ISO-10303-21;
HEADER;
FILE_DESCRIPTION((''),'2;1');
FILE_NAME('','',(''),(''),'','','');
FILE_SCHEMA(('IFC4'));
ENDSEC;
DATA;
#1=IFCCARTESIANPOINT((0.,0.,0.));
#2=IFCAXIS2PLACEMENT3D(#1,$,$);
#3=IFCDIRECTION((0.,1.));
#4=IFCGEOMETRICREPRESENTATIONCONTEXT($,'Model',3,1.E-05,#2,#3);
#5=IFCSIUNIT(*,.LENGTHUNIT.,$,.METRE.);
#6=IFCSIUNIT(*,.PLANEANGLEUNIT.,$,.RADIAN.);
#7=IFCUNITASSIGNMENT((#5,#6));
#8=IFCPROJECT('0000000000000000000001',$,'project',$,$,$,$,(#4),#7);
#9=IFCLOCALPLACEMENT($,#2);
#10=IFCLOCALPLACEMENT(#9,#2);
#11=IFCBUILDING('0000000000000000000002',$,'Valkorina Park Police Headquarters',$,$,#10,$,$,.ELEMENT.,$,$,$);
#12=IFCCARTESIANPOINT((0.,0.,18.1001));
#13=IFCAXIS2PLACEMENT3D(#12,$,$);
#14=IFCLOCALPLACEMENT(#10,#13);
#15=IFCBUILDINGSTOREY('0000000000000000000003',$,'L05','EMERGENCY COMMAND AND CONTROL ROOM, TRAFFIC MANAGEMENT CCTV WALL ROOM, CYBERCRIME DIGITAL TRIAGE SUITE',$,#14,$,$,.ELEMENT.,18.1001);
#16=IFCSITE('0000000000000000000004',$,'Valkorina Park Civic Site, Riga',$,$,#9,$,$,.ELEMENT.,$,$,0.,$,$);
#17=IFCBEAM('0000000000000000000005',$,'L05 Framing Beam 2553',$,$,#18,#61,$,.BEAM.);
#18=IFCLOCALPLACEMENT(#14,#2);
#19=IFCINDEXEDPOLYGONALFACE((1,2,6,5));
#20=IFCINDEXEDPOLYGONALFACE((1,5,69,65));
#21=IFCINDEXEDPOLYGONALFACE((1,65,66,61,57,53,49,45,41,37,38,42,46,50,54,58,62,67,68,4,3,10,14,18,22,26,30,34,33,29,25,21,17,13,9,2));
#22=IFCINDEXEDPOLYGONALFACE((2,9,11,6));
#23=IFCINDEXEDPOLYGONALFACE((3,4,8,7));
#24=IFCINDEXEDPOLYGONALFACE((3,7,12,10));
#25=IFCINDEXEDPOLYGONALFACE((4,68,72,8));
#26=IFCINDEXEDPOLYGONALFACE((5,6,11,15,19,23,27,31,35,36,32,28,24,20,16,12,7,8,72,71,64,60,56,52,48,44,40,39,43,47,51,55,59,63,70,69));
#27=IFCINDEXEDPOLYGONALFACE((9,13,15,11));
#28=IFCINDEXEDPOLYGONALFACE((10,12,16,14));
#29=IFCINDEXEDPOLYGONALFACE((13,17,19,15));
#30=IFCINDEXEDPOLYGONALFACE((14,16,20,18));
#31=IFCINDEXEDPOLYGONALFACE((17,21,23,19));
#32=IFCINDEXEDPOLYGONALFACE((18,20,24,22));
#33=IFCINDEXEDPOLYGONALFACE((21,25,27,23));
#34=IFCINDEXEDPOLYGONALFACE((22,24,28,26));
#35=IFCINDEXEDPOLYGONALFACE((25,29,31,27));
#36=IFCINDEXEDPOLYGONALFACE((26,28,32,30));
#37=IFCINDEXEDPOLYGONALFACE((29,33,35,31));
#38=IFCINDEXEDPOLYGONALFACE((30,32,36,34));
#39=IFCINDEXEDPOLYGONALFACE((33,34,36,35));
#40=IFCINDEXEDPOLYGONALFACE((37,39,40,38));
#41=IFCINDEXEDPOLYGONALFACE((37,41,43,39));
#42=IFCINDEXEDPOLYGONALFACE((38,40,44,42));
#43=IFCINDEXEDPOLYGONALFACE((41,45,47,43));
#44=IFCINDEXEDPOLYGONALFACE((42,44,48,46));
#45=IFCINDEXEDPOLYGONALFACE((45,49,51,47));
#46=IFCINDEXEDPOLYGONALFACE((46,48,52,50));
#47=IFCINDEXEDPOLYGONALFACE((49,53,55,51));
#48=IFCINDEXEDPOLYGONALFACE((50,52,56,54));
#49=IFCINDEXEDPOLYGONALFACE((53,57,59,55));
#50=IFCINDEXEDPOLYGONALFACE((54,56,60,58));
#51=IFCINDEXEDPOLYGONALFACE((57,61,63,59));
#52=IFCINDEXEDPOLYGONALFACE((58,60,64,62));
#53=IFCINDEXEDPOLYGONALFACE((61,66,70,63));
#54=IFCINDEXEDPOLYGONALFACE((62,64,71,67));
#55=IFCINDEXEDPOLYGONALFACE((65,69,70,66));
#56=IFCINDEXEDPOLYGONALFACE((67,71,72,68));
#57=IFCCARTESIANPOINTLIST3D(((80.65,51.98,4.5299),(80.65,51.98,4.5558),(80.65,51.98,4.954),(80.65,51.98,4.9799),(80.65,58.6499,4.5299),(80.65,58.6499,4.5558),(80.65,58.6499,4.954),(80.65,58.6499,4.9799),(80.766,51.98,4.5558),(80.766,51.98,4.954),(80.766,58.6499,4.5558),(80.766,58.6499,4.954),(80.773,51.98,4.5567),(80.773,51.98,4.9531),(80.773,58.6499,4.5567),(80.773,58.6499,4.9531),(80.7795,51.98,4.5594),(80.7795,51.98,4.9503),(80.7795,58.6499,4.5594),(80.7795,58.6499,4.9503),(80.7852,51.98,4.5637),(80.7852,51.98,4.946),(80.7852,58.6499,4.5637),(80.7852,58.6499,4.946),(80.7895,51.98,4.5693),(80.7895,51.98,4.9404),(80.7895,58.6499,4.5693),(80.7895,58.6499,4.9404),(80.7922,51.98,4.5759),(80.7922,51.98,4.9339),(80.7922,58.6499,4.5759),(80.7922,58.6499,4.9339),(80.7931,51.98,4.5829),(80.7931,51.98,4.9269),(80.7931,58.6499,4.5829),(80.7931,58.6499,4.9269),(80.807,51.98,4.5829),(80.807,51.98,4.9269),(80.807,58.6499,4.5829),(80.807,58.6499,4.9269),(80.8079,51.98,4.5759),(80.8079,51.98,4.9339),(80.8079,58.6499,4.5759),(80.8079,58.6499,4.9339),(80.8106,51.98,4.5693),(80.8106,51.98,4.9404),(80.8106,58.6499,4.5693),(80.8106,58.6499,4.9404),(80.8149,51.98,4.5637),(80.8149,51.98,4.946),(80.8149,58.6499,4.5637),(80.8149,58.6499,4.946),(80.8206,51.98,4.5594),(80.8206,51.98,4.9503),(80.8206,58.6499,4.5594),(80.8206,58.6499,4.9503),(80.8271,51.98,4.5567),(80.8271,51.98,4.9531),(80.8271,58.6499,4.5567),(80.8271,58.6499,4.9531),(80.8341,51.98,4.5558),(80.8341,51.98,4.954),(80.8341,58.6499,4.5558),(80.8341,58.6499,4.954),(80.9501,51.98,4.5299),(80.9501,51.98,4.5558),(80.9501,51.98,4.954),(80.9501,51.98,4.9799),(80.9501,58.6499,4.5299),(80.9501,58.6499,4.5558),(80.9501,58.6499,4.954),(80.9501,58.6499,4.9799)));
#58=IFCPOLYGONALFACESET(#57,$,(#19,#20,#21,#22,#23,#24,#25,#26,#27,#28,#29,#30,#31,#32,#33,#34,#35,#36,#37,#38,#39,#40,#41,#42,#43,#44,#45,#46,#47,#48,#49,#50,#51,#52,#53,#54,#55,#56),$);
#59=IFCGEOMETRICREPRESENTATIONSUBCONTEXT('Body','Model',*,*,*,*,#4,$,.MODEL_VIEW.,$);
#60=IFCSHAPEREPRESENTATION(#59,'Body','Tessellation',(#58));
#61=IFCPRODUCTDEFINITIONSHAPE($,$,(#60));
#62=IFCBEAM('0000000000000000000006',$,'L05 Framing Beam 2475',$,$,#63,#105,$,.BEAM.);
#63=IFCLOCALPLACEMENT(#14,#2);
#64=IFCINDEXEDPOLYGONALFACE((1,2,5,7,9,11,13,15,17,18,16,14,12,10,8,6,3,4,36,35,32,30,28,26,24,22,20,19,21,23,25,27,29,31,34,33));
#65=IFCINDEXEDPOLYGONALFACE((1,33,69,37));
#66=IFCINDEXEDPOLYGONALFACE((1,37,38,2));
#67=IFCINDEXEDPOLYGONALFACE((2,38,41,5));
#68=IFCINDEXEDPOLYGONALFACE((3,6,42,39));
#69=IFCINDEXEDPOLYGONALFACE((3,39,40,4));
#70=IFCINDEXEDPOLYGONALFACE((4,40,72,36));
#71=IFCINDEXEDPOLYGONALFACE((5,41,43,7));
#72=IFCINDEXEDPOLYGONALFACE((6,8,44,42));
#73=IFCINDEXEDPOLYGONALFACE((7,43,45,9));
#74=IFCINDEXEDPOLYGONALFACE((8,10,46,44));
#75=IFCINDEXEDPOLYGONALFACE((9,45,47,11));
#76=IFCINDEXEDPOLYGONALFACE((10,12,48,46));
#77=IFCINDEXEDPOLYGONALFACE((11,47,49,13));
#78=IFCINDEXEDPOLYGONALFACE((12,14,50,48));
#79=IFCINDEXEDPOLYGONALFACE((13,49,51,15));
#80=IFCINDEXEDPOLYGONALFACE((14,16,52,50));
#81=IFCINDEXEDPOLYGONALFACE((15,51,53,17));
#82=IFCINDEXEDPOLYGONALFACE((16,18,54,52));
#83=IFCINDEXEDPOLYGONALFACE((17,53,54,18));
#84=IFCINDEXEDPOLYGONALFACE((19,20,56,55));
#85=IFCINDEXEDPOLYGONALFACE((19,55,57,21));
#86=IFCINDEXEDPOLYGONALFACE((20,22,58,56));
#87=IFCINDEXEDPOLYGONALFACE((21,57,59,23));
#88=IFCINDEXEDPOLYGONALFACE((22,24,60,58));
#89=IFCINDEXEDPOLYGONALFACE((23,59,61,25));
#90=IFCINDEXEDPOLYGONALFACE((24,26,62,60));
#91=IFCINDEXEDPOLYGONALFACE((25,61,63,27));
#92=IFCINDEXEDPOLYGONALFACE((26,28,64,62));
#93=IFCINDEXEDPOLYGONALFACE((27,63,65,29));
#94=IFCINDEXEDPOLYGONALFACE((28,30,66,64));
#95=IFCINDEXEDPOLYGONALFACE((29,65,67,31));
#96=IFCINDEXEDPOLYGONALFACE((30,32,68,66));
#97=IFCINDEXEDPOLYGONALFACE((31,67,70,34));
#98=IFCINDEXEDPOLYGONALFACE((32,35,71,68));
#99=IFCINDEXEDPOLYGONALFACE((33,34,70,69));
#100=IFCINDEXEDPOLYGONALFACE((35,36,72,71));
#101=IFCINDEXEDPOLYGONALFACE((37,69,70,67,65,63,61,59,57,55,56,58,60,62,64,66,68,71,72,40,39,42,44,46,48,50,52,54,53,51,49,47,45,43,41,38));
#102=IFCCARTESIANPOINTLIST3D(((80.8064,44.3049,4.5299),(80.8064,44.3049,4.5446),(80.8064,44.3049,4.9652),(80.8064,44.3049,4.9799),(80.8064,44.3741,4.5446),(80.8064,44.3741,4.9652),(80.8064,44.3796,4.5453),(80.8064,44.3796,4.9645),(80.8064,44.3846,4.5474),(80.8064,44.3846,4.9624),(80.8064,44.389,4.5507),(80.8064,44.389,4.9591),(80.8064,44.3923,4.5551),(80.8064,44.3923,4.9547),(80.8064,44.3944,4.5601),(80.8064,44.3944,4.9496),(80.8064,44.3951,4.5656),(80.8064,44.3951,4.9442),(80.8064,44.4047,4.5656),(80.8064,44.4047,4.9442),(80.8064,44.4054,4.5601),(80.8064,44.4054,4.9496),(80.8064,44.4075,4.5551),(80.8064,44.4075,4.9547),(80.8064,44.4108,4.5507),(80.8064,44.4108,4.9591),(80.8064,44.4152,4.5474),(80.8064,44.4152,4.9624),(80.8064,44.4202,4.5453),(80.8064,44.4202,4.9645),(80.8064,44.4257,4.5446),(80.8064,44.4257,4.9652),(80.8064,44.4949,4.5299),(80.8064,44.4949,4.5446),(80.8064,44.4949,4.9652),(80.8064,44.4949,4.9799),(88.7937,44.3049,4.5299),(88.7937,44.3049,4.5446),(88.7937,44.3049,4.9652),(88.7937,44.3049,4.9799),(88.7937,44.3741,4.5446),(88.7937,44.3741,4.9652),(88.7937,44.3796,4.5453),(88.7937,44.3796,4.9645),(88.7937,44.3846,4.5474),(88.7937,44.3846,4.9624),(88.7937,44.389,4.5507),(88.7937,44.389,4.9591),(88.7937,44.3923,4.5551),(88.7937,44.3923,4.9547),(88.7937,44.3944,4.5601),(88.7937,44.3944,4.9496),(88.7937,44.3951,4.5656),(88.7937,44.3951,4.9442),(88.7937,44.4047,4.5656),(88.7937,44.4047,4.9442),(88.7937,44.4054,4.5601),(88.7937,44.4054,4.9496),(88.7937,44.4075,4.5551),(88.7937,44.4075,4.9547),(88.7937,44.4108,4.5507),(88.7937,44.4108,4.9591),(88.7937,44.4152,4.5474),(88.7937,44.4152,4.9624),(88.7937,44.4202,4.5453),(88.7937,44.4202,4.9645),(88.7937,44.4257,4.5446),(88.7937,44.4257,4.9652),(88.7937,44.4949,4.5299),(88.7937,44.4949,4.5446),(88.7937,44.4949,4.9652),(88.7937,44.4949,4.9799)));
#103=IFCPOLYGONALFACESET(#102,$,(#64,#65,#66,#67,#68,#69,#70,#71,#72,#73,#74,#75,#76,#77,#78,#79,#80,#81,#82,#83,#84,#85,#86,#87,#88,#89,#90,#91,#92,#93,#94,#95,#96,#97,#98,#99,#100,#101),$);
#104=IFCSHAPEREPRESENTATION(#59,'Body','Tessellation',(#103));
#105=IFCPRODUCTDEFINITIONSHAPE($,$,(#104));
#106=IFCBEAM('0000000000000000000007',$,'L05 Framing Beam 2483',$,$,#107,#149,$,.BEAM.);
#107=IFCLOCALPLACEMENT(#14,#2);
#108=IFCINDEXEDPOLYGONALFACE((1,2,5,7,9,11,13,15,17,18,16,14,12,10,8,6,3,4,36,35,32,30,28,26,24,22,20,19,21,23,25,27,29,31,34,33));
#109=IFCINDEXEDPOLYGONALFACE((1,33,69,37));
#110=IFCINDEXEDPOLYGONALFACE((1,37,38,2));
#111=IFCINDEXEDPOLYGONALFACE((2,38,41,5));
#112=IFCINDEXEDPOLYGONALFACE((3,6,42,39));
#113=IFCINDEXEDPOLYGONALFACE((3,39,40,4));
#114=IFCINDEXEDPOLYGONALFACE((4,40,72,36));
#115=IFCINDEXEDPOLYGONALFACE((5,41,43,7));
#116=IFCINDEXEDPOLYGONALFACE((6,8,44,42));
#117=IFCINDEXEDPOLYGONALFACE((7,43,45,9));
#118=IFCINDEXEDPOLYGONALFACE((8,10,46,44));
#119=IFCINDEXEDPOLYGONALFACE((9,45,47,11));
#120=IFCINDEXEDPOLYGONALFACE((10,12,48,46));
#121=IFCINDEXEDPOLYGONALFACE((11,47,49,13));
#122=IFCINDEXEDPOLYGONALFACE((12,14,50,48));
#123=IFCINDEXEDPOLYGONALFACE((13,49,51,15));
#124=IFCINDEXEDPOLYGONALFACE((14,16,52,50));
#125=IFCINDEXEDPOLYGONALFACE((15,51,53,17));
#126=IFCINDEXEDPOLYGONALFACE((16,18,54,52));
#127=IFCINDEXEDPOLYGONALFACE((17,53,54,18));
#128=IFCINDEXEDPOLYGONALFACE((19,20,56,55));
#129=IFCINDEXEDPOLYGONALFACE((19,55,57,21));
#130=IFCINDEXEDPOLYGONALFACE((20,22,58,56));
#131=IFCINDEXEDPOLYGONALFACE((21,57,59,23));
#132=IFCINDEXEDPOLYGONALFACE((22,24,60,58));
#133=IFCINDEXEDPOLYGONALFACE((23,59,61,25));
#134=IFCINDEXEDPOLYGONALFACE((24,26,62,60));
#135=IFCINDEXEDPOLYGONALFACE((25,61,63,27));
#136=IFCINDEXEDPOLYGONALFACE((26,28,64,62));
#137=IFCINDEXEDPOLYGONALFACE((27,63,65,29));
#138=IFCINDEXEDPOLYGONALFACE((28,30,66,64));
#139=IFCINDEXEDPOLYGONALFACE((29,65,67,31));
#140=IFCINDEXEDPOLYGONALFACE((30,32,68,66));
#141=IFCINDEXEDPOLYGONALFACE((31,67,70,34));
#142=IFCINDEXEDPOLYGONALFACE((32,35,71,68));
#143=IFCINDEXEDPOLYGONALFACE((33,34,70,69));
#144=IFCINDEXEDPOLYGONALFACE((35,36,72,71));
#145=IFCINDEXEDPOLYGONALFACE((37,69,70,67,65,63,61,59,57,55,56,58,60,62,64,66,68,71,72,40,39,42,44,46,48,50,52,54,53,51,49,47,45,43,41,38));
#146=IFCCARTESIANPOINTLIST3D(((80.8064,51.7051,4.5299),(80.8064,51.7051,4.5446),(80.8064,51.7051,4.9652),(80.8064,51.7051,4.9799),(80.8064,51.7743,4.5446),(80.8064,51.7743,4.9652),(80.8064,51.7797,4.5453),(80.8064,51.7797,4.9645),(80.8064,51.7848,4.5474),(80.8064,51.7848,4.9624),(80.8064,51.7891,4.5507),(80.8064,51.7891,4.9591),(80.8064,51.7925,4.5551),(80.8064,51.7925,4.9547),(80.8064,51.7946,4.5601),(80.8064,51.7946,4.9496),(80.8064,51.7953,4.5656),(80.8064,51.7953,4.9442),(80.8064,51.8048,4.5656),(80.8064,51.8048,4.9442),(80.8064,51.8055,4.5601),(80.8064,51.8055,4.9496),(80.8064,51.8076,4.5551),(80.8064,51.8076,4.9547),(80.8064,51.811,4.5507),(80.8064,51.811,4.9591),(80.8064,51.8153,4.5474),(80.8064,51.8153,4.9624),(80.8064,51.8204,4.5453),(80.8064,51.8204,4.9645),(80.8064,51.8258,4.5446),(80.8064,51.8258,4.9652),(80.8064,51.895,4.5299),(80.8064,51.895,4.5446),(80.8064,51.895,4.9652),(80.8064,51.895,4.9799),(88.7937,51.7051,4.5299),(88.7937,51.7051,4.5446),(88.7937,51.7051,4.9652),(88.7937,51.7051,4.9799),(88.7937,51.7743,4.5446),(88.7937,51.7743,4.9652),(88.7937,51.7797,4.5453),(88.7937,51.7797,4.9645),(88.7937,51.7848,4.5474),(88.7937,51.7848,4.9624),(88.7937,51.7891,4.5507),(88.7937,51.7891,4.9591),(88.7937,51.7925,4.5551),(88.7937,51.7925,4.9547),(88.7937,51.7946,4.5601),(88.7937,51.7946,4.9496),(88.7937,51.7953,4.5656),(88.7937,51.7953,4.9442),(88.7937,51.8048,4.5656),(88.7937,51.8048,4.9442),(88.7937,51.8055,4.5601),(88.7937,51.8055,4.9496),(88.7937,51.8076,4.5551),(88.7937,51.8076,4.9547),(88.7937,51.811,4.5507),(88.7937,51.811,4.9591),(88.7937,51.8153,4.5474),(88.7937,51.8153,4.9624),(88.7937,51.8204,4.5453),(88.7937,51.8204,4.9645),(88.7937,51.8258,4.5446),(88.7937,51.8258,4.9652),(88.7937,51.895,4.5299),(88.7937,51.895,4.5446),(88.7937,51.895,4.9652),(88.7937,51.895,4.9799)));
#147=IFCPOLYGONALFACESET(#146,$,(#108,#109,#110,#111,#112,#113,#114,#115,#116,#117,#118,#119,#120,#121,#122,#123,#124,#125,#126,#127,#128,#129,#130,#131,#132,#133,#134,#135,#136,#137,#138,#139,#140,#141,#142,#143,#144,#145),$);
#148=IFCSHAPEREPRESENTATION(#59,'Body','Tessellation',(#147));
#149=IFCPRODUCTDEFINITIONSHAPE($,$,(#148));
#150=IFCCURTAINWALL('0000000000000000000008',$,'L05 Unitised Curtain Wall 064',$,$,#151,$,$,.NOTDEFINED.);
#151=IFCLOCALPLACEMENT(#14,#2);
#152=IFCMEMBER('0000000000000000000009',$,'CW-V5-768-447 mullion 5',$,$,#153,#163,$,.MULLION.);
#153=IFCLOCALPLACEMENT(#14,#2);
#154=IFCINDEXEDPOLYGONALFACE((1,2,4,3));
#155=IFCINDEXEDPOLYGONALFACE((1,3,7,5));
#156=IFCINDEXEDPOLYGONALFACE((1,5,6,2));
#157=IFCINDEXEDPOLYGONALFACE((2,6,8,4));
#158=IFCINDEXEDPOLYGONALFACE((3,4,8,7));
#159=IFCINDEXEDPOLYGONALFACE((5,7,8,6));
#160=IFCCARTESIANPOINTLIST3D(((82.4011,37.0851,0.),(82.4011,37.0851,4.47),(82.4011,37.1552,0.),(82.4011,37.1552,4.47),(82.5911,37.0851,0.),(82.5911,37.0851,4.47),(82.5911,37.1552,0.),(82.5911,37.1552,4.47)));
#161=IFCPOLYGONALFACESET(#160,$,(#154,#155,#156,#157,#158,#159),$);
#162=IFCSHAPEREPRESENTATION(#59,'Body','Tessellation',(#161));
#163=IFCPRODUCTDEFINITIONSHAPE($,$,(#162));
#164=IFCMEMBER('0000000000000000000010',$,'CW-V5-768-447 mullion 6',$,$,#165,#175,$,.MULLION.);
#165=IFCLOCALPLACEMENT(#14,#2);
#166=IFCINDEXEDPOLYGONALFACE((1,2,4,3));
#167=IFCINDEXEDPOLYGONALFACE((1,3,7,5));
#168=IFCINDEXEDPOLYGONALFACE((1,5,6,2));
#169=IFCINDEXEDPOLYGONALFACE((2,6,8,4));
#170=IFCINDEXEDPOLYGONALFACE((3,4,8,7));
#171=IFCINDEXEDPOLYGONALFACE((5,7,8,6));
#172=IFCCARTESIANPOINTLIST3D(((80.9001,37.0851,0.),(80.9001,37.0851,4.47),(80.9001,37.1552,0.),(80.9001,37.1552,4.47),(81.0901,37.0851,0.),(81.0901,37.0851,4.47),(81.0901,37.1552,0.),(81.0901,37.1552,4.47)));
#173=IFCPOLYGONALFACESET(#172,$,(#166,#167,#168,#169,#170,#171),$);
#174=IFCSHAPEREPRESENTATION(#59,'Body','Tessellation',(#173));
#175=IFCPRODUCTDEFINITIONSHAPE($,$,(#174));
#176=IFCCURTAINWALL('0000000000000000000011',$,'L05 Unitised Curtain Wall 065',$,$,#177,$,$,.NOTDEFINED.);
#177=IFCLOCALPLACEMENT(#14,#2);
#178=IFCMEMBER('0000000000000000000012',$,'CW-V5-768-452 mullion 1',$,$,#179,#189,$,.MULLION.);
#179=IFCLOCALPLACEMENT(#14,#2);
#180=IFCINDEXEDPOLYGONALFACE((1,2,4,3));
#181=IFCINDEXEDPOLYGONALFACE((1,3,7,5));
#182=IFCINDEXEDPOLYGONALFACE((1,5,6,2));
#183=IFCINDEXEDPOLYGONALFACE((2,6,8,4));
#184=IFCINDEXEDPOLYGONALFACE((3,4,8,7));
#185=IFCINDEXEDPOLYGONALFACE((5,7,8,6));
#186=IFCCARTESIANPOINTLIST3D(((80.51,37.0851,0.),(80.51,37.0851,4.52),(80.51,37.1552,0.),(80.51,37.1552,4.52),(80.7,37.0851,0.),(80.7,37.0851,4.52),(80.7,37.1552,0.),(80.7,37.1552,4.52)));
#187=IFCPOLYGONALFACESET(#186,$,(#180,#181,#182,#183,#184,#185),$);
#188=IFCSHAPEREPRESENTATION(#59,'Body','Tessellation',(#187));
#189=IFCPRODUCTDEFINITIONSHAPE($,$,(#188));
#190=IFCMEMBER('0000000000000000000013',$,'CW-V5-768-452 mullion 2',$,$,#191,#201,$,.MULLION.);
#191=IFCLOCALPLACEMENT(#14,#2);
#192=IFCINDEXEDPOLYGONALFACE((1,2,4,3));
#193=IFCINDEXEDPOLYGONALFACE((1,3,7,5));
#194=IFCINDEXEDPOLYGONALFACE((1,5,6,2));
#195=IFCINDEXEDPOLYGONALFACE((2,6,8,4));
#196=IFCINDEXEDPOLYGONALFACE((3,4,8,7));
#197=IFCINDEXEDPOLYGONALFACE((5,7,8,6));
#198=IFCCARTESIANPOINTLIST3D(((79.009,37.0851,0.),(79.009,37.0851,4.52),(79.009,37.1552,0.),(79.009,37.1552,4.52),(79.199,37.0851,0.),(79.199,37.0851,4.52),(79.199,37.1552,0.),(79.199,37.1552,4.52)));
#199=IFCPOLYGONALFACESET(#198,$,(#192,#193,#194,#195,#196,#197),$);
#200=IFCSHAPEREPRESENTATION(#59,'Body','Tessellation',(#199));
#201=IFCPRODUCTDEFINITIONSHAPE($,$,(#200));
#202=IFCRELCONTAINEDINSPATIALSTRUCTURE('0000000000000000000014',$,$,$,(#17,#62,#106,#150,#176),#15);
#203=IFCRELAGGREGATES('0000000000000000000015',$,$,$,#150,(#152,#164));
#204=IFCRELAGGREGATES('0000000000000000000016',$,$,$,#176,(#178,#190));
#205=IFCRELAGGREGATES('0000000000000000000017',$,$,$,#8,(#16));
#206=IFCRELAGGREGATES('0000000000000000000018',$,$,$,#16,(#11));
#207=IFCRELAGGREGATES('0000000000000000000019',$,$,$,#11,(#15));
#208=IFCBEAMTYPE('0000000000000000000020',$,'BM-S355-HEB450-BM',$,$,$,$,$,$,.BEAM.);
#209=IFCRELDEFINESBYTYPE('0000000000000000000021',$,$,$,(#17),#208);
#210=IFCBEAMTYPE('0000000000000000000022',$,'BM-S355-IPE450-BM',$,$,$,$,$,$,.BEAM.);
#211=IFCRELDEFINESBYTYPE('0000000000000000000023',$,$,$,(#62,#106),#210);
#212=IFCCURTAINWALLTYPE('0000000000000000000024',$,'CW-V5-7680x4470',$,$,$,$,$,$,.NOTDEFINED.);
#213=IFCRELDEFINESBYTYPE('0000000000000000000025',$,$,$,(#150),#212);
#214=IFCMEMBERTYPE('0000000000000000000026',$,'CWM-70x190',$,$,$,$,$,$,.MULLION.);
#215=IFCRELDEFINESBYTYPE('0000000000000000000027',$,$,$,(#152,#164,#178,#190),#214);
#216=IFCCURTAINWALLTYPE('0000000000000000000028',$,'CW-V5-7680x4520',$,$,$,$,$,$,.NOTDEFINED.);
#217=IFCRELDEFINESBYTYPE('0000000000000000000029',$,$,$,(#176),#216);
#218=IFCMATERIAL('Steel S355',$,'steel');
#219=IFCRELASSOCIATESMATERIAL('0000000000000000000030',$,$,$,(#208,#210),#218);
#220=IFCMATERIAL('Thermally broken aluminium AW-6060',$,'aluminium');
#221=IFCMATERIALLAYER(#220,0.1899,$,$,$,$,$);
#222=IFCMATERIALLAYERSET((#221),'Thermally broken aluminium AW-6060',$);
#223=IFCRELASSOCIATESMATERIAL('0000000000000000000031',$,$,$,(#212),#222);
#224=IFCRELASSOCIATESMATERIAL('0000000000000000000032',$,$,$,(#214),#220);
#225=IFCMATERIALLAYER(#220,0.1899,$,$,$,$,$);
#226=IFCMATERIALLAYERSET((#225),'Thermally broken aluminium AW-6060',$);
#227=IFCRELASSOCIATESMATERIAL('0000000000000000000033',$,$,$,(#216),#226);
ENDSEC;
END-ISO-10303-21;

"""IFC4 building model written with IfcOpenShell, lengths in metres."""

from ifc_helpers import new_model, si_unit, direction, frame, origin, origin_2d, place, context, subcontext, project, spatial, rectangle, i_section, extrude, material, layer, layer_set, material_profile, profile_set, type_object, element, aggregate, save


model = new_model("IFC4")

# Units and contexts
model_context = context("Model", 3, precision=1e-05, world=origin(), true_north=direction((0.0, 1.0)))
body_context = subcontext(model_context, "Body", "Model", "MODEL_VIEW")
ifc_project = project(units=[si_unit("LENGTHUNIT", "METRE"), si_unit("PLANEANGLEUNIT", "RADIAN")], contexts=[model_context])

# Site, building, storey
site_placement = place(None, origin())
site = spatial("IfcSite", under=ifc_project, at=site_placement, Name="Valkorina Park Civic Site, Riga", CompositionType="ELEMENT", RefElevation=0.0)
building_placement = place(site_placement, origin())
building = spatial("IfcBuilding", under=site, at=building_placement, Name="Valkorina Park Police Headquarters", CompositionType="ELEMENT")
storey_placement = place(building_placement, frame((0.0, 0.0, 18.1001)))
storey = spatial("IfcBuildingStorey", under=building, at=storey_placement, Name="L05", Description="EMERGENCY COMMAND AND CONTROL ROOM, TRAFFIC MANAGEMENT CCTV WALL ROOM, CYBERCRIME DIGITAL TRIAGE SUITE", CompositionType="ELEMENT", Elevation=18.1001)

# Shared definitions
ifc_material_1 = material(Name="Steel S355", Category="steel")

# Beams
ifc_material_profile_1 = material_profile(ifc_material_1, i_section(OverallWidth=0.3, OverallDepth=0.45, WebThickness=0.0139, FlangeThickness=0.0259, FilletRadius=0.0271, at=origin_2d()), Name="HEB 450")
ifc_profile_set_1 = profile_set([ifc_material_profile_1], Name="Steel S355")
beam_type_1 = type_object("IfcBeamType", Name="BM-S355-HEB450-BM", PredefinedType="BEAM", material=ifc_profile_set_1)
beam_placement = place(storey_placement, frame((80.8, 51.98, 4.7549), z_axis=(0.0, 1.0, 0.0), x_axis=(-1.0, 0.0, 0.0)))
element("IfcBeam", 1, at=beam_placement, inside=storey, type_object=beam_type_1, Name="L05 Framing Beam 2553", PredefinedType="BEAM", context=body_context, shape_type="SweptSolid", body=[
    extrude(i_section(OverallWidth=0.3, OverallDepth=0.45, WebThickness=0.0139, FlangeThickness=0.0259, FilletRadius=0.0271, at=origin_2d()), origin(), (0.0, 0.0, 1.0), 6.6699),
])
ifc_material_profile_2 = material_profile(ifc_material_1, i_section(OverallWidth=0.1899, OverallDepth=0.45, WebThickness=0.0095, FlangeThickness=0.0146, FilletRadius=0.021, at=origin_2d()), Name="IPE 450")
ifc_profile_set_2 = profile_set([ifc_material_profile_2], Name="Steel S355")
beam_type_2 = type_object("IfcBeamType", Name="BM-S355-IPE450-BM", PredefinedType="BEAM", material=ifc_profile_set_2)
for number, where, z_axis, x_axis, name in (
    (2, (80.8064, 44.3999, 4.7549), (1.0, 0.0, 0.0), (0.0, 1.0, 0.0), "L05 Framing Beam 2475"),
    (3, (80.8064, 51.8, 4.7549), (1.0, 0.0, 0.0), (0.0, 1.0, 0.0), "L05 Framing Beam 2483"),
):
    element("IfcBeam", number, at=place(storey_placement, frame(where, z_axis=z_axis, x_axis=x_axis)), inside=storey, type_object=beam_type_2, Name=name, PredefinedType="BEAM", context=body_context, shape_type="SweptSolid", body=[
        extrude(i_section(OverallWidth=0.1899, OverallDepth=0.45, WebThickness=0.0095, FlangeThickness=0.0146, FilletRadius=0.021, at=origin_2d()), origin(), (0.0, 0.0, 1.0), 7.9873),
    ])

# Curtain walls, members
ifc_material_2 = material(Name="Thermally broken aluminium AW-6060", Category="aluminium")
ifc_layer_1 = layer(ifc_material_2, 0.1899)
ifc_layer_set_1 = layer_set([ifc_layer_1], Name="Thermally broken aluminium AW-6060")
curtain_wall_type_1 = type_object("IfcCurtainWallType", Name="CW-V5-7680x4470", PredefinedType="NOTDEFINED", material=ifc_layer_set_1)
curtain_wall_1_placement = place(storey_placement, origin())
curtain_wall_1 = element("IfcCurtainWall", 4, at=curtain_wall_1_placement, inside=storey, type_object=curtain_wall_type_1, Name="L05 Unitised Curtain Wall 064", PredefinedType="NOTDEFINED")
ifc_material_profile_3 = material_profile(ifc_material_2, rectangle(XDim=0.0701, YDim=0.1899, at=origin_2d()), Name="CWM-02 70x190")
ifc_profile_set_3 = profile_set([ifc_material_profile_3], Name="Thermally broken aluminium AW-6060")
member_type_1 = type_object("IfcMemberType", Name="CWM-70x190", PredefinedType="MULLION", material=ifc_profile_set_3)
member_1_placement = place(storey_placement, frame((82.4961, 37.1201, 0.0), z_axis=(0.0, 0.0, 1.0), x_axis=(0.0, -1.0, 0.0)))
member_1 = element("IfcMember", 5, at=member_1_placement, type_object=member_type_1, Name="CW-V5-768-447 mullion 5", PredefinedType="MULLION", context=body_context, shape_type="SweptSolid", body=[
    extrude(rectangle(XDim=0.0701, YDim=0.1899, at=origin_2d()), origin(), (0.0, 0.0, 1.0), 4.47),
])
member_2_placement = place(storey_placement, frame((80.9951, 37.1201, 0.0), z_axis=(0.0, 0.0, 1.0), x_axis=(0.0, -1.0, 0.0)))
member_2 = element("IfcMember", 6, at=member_2_placement, type_object=member_type_1, Name="CW-V5-768-447 mullion 6", PredefinedType="MULLION", context=body_context, shape_type="SweptSolid", body=[
    extrude(rectangle(XDim=0.0701, YDim=0.1899, at=origin_2d()), origin(), (0.0, 0.0, 1.0), 4.47),
])
ifc_layer_2 = layer(ifc_material_2, 0.1899)
ifc_layer_set_2 = layer_set([ifc_layer_2], Name="Thermally broken aluminium AW-6060")
curtain_wall_type_2 = type_object("IfcCurtainWallType", Name="CW-V5-7680x4520", PredefinedType="NOTDEFINED", material=ifc_layer_set_2)
curtain_wall_2_placement = place(storey_placement, origin())
curtain_wall_2 = element("IfcCurtainWall", 7, at=curtain_wall_2_placement, inside=storey, type_object=curtain_wall_type_2, Name="L05 Unitised Curtain Wall 065", PredefinedType="NOTDEFINED")
member_3_placement = place(storey_placement, frame((80.605, 37.1201, 0.0), z_axis=(0.0, 0.0, 1.0), x_axis=(0.0, -1.0, 0.0)))
member_3 = element("IfcMember", 8, at=member_3_placement, type_object=member_type_1, Name="CW-V5-768-452 mullion 1", PredefinedType="MULLION", context=body_context, shape_type="SweptSolid", body=[
    extrude(rectangle(XDim=0.0701, YDim=0.1899, at=origin_2d()), origin(), (0.0, 0.0, 1.0), 4.52),
])
member_4_placement = place(storey_placement, frame((79.104, 37.1201, 0.0), z_axis=(0.0, 0.0, 1.0), x_axis=(0.0, -1.0, 0.0)))
member_4 = element("IfcMember", 9, at=member_4_placement, type_object=member_type_1, Name="CW-V5-768-452 mullion 2", PredefinedType="MULLION", context=body_context, shape_type="SweptSolid", body=[
    extrude(rectangle(XDim=0.0701, YDim=0.1899, at=origin_2d()), origin(), (0.0, 0.0, 1.0), 4.52),
])

aggregate(curtain_wall_1, [member_1, member_2])
aggregate(curtain_wall_2, [member_3, member_4])

save(model, "model.ifc")
